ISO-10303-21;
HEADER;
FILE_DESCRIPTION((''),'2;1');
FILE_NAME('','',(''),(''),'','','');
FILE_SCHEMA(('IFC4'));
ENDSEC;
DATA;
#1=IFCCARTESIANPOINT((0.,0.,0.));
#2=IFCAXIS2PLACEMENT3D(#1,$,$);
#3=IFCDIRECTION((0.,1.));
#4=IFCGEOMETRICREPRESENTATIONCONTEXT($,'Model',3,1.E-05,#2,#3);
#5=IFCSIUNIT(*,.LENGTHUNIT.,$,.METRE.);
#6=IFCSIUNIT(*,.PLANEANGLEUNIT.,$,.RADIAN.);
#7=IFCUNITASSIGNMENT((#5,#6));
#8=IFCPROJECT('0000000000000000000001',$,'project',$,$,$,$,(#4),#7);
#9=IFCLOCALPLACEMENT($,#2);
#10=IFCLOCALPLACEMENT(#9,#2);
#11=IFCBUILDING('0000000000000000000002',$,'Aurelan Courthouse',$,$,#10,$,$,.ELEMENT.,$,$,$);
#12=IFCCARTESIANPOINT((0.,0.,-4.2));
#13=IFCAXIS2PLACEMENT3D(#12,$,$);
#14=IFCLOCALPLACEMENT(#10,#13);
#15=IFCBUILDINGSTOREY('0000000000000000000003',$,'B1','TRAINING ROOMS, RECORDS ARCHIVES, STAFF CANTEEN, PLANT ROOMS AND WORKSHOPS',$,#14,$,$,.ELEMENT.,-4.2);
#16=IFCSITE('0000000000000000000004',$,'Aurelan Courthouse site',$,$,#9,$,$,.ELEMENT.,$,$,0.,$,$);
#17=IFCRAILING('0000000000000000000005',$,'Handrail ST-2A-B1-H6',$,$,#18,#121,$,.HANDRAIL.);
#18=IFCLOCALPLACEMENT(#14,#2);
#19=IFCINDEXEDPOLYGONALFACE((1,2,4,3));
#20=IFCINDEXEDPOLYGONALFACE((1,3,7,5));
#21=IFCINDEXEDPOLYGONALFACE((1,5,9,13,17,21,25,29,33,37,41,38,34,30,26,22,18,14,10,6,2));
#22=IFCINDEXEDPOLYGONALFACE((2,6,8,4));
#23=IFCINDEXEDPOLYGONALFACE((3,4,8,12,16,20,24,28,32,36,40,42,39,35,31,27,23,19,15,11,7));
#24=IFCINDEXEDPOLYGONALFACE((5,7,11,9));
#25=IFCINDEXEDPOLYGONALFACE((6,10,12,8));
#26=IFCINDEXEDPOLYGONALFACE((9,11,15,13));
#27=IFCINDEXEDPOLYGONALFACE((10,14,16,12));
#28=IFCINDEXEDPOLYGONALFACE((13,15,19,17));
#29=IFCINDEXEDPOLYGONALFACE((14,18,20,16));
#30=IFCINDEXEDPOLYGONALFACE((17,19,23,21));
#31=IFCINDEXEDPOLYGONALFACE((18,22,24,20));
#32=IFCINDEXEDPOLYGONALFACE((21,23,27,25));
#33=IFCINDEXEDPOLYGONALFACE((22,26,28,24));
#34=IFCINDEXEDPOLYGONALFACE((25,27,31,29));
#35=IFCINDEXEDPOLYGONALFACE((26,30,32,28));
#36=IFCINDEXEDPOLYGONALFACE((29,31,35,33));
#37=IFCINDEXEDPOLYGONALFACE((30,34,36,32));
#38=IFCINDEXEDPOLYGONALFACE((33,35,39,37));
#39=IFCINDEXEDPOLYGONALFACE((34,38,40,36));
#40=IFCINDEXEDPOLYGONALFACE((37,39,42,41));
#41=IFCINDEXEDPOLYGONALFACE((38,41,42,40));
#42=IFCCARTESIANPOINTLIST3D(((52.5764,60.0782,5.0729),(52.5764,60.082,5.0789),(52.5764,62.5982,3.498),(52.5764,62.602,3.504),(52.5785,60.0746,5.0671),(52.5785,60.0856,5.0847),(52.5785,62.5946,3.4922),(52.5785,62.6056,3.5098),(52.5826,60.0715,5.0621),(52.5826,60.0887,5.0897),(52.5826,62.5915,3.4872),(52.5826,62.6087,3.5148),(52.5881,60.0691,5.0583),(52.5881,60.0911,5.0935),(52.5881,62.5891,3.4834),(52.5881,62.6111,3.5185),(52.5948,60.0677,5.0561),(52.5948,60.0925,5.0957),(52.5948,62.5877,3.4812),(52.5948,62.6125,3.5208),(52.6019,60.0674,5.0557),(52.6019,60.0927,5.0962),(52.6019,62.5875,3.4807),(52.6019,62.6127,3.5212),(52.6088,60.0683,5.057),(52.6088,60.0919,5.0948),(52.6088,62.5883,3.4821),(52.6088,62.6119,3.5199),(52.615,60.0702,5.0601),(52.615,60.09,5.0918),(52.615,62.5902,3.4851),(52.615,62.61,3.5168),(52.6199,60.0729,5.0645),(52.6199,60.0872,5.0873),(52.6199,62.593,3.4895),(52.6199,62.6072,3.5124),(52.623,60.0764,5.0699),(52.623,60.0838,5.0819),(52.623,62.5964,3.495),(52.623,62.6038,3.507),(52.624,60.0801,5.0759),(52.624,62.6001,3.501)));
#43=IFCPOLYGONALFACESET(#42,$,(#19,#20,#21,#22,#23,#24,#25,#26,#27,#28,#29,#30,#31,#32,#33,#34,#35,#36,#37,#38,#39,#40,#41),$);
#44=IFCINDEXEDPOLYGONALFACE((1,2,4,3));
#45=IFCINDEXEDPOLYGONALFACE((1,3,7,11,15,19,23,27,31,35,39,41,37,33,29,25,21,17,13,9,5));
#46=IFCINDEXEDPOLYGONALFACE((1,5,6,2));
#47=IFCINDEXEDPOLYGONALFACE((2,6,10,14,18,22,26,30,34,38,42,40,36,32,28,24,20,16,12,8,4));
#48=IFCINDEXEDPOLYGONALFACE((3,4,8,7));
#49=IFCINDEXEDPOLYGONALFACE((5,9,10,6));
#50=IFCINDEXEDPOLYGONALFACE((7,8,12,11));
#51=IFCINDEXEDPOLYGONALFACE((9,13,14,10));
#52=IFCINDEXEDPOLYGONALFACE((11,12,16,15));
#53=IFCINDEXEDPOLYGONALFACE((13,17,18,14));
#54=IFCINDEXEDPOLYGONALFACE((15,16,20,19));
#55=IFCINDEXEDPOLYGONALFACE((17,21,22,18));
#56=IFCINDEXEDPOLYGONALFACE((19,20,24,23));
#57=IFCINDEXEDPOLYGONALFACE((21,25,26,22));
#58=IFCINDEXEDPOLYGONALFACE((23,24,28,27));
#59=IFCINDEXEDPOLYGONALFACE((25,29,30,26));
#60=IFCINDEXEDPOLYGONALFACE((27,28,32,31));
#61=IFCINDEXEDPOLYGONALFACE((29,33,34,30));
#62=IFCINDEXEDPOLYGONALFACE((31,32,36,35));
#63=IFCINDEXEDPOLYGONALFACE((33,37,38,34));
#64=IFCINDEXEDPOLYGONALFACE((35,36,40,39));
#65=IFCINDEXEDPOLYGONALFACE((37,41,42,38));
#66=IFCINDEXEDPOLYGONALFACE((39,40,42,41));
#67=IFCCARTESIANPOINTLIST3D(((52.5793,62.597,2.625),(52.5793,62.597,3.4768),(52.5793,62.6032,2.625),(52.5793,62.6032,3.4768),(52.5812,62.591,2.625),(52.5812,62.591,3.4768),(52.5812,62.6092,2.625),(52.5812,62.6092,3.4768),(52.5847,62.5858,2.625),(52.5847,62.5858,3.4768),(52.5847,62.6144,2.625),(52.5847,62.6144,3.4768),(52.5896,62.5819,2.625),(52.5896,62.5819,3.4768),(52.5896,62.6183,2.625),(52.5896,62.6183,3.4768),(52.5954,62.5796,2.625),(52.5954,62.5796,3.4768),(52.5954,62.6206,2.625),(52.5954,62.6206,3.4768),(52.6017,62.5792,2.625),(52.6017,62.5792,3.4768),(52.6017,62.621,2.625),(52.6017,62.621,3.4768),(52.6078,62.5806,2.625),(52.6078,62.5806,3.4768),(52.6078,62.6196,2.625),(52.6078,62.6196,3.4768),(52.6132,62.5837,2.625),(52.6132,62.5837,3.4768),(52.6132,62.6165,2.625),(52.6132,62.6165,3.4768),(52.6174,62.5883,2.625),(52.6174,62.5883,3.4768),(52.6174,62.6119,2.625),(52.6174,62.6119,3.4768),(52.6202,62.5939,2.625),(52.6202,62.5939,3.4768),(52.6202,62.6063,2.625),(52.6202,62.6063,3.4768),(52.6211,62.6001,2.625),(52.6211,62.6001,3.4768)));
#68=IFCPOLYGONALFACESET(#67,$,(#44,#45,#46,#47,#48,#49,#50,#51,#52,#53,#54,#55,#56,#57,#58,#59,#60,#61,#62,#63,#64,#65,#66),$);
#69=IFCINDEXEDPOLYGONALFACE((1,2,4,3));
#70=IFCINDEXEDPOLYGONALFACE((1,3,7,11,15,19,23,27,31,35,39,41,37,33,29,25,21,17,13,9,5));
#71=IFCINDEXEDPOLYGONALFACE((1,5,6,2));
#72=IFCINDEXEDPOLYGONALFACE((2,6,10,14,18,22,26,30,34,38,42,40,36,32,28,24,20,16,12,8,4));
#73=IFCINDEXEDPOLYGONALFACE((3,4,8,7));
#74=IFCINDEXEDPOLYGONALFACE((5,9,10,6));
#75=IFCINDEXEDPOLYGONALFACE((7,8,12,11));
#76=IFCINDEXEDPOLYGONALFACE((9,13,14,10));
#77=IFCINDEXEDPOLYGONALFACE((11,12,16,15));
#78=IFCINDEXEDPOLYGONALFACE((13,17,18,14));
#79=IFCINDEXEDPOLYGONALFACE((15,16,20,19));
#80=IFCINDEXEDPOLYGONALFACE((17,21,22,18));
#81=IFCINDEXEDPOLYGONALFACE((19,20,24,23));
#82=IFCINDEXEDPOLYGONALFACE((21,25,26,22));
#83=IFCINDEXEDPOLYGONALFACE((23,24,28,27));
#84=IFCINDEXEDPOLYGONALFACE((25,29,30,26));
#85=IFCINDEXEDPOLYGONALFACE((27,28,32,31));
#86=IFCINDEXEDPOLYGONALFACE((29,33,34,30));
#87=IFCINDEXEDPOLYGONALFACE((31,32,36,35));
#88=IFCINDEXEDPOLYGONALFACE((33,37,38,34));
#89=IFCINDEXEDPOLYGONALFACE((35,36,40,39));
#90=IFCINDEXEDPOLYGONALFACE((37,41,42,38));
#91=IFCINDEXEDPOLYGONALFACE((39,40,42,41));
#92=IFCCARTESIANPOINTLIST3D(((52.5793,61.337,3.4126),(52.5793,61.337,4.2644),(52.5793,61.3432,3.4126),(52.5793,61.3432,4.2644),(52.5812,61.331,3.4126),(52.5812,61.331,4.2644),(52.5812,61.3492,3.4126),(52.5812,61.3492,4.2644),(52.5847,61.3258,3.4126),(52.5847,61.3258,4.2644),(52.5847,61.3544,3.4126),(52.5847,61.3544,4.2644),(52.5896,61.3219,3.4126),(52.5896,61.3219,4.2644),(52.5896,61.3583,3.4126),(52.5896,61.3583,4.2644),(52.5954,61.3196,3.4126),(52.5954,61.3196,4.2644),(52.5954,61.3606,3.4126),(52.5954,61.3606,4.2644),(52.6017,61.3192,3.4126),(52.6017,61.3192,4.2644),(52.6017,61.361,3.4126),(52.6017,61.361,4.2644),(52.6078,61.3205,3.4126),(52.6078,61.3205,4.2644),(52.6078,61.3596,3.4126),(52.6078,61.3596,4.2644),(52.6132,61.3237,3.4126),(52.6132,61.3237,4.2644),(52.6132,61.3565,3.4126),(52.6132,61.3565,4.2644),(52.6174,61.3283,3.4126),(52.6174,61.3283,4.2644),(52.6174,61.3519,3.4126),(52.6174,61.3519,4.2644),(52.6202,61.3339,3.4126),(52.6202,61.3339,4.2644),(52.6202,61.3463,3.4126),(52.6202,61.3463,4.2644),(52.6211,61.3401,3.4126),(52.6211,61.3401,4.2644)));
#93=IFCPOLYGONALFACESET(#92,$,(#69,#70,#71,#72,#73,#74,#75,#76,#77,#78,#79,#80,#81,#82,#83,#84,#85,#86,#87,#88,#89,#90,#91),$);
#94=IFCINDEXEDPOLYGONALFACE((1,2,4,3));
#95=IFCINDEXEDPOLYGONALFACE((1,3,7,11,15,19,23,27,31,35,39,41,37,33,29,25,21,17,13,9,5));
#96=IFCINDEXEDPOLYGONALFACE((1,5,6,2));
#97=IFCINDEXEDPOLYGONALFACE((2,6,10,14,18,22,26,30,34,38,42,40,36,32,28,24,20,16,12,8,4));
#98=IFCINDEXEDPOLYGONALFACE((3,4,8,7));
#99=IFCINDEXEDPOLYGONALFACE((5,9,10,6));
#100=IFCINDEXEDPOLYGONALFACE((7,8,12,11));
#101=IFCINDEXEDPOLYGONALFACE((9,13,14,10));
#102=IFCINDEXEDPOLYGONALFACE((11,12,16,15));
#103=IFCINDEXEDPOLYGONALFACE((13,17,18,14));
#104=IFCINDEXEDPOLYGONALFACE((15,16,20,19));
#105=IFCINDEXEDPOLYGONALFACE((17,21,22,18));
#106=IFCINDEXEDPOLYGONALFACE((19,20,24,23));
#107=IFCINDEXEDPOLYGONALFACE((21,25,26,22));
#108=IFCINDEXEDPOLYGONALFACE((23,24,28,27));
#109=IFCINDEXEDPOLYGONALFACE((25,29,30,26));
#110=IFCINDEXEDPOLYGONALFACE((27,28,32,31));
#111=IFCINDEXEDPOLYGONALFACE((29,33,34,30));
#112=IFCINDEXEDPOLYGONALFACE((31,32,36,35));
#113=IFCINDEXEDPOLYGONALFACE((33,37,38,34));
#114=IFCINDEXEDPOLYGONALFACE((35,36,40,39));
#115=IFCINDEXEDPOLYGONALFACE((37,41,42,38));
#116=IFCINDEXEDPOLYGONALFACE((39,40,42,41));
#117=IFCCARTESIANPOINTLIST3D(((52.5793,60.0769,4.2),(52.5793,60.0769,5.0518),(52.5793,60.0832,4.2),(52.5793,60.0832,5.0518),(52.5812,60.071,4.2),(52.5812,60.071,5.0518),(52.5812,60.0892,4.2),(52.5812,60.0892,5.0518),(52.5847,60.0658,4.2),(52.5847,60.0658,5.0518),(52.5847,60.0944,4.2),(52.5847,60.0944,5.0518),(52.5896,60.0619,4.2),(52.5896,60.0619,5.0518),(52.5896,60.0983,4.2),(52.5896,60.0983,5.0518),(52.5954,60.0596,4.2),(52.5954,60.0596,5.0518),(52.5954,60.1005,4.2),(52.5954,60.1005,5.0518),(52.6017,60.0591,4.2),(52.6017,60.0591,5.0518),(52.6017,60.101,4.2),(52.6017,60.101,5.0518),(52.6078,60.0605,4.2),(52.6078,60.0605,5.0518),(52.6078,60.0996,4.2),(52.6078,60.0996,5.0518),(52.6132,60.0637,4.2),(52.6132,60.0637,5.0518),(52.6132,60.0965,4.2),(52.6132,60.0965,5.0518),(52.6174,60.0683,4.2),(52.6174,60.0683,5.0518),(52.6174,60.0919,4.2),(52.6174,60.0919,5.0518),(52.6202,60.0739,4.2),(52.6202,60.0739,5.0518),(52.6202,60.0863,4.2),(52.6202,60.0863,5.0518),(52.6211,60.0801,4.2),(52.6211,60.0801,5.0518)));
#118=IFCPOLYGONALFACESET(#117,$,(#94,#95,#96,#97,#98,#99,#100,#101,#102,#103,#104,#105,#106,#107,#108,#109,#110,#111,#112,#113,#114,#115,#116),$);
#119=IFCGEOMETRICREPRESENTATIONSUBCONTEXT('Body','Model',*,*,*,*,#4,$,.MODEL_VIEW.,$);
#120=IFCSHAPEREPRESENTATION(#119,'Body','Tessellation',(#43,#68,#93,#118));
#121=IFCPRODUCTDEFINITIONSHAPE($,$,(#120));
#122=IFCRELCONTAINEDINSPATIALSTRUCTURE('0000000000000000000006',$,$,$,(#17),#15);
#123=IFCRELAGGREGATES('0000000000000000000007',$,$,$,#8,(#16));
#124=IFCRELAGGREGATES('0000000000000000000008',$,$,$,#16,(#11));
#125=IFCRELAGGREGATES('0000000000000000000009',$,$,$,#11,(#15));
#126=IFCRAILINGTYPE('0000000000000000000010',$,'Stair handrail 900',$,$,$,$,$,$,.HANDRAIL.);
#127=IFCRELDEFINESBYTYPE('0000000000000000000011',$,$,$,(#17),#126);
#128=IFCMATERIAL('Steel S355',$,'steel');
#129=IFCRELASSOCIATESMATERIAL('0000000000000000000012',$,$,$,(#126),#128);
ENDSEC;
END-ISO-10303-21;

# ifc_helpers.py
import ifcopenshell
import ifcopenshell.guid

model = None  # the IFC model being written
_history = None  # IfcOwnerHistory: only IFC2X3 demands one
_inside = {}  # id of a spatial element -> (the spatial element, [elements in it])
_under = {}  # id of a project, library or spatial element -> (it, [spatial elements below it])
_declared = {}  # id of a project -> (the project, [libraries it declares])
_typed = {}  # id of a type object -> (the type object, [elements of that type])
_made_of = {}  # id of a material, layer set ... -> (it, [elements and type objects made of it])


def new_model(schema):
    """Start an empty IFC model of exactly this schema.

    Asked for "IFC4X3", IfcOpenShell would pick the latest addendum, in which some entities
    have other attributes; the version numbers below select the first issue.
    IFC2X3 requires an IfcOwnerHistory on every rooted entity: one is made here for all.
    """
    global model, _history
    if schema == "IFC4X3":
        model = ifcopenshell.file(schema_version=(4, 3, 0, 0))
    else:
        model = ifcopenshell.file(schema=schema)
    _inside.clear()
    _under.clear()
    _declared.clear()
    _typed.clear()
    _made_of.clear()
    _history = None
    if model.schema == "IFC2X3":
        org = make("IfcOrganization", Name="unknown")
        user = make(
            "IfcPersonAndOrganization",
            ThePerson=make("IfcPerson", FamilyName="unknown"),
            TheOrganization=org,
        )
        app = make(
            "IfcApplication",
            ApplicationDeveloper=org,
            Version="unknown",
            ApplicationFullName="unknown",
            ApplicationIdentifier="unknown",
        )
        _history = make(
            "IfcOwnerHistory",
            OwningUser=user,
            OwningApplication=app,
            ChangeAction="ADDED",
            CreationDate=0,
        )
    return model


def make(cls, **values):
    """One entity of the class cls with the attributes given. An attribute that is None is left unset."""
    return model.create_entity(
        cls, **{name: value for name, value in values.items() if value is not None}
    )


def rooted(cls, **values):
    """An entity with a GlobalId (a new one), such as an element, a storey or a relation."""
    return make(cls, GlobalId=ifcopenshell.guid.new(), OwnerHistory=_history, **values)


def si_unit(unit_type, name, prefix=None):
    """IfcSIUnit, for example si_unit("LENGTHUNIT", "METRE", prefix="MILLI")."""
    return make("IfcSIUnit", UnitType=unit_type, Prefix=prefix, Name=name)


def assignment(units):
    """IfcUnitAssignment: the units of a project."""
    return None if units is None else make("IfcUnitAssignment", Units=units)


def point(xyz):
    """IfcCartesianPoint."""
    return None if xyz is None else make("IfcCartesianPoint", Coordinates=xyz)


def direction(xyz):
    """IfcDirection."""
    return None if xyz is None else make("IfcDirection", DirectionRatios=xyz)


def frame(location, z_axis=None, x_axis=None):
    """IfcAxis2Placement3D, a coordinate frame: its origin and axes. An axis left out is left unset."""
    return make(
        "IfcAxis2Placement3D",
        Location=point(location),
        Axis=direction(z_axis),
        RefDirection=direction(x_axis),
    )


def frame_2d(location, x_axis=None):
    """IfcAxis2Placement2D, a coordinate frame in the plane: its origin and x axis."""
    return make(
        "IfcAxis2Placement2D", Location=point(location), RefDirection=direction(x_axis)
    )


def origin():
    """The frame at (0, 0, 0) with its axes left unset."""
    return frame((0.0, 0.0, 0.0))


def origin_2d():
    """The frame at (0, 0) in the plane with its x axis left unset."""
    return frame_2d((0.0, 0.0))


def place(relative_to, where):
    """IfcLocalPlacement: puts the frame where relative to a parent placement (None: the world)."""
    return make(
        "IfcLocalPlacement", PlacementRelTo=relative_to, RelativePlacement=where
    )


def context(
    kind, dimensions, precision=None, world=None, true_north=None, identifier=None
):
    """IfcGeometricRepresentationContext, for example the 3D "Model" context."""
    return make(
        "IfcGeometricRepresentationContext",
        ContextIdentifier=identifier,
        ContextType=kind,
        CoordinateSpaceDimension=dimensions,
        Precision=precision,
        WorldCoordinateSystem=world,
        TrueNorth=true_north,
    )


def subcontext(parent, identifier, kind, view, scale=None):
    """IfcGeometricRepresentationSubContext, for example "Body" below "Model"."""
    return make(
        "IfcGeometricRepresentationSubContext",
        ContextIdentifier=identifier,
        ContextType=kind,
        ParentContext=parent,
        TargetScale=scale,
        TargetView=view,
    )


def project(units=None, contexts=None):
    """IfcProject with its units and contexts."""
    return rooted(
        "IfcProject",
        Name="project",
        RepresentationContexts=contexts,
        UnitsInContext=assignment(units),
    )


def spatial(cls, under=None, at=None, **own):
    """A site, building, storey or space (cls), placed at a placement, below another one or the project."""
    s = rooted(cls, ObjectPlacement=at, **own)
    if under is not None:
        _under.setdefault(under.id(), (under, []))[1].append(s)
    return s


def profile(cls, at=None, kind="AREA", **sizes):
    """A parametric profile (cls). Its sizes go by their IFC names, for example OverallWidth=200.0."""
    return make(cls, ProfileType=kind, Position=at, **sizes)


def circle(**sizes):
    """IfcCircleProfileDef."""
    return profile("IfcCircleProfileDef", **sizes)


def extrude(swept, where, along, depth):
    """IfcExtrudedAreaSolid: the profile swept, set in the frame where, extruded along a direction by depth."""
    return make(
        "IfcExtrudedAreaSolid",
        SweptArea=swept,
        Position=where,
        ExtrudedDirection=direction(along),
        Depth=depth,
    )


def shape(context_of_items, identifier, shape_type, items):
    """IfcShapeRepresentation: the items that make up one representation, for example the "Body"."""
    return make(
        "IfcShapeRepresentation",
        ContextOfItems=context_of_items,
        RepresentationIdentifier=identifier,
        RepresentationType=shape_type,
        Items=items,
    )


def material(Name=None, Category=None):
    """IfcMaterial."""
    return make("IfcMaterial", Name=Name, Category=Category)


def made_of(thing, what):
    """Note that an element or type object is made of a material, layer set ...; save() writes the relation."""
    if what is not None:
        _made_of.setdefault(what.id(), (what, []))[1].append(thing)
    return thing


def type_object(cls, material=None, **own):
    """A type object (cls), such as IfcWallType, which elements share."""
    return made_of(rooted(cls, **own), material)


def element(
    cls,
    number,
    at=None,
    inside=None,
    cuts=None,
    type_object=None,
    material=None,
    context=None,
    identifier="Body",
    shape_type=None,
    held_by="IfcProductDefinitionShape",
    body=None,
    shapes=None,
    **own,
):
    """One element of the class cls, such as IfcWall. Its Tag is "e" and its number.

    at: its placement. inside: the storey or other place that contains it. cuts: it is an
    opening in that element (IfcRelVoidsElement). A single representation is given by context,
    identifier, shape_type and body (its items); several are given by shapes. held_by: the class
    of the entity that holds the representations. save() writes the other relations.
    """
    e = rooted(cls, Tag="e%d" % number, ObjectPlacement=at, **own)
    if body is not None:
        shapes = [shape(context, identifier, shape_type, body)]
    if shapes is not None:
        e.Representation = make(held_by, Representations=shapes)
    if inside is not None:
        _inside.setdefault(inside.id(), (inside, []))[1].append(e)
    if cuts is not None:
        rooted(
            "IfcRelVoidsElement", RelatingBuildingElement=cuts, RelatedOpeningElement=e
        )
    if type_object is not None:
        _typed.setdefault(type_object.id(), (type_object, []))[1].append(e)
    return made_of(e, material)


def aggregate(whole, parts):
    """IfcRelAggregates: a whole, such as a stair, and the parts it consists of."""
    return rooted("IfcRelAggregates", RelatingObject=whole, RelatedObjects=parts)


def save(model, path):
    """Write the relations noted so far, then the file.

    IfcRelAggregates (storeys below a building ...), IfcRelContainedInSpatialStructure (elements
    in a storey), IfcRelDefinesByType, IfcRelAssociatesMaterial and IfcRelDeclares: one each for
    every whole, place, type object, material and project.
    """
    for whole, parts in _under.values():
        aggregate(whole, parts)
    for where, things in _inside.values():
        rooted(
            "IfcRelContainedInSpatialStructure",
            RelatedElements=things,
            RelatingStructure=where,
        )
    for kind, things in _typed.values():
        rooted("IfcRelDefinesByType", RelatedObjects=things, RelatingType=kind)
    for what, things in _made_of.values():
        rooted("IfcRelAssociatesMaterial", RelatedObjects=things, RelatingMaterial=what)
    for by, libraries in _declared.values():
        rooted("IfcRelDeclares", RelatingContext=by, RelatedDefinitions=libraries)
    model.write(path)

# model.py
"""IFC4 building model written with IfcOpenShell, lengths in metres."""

from ifc_helpers import new_model, si_unit, direction, frame, origin, origin_2d, place, context, subcontext, project, spatial, circle, extrude, material, type_object, element, save


model = new_model("IFC4")

# Units and contexts
model_context = context("Model", 3, precision=1e-05, world=origin(), true_north=direction((0.0, 1.0)))
body_context = subcontext(model_context, "Body", "Model", "MODEL_VIEW")
ifc_project = project(units=[si_unit("LENGTHUNIT", "METRE"), si_unit("PLANEANGLEUNIT", "RADIAN")], contexts=[model_context])

# Site, building, storey
site_placement = place(None, origin())
site = spatial("IfcSite", under=ifc_project, at=site_placement, Name="Aurelan Courthouse site", CompositionType="ELEMENT", RefElevation=0.0)
building_placement = place(site_placement, origin())
building = spatial("IfcBuilding", under=site, at=building_placement, Name="Aurelan Courthouse", CompositionType="ELEMENT")
storey_placement = place(building_placement, frame((0.0, 0.0, -4.2)))
storey = spatial("IfcBuildingStorey", under=building, at=storey_placement, Name="B1", Description="TRAINING ROOMS, RECORDS ARCHIVES, STAFF CANTEEN, PLANT ROOMS AND WORKSHOPS", CompositionType="ELEMENT", Elevation=-4.2)

# Railing
ifc_material_1 = material(Name="Steel S355", Category="steel")
railing_type_1 = type_object("IfcRailingType", Name="Stair handrail 900", PredefinedType="HANDRAIL", material=ifc_material_1)
for number, where, name in (
    (1, (52.6001, 62.6001, 2.625), "Handrail ST-2A-B1-H6"),
):
    element("IfcRailing", number, at=place(storey_placement, frame(where)), inside=storey, type_object=railing_type_1, Name=name, PredefinedType="HANDRAIL", context=body_context, shape_type="SweptSolid", body=[
        extrude(circle(Radius=0.0239, at=origin_2d()), frame((0.0, 0.0, 0.876), z_axis=(0.0, -0.848008, 0.529984), x_axis=(1.0, 0.0, 0.0)), (0.0, 0.0, 1.0), 2.9717),
        extrude(circle(Radius=0.021, at=origin_2d()), origin(), (0.0, 0.0, 1.0), 0.8518),
        extrude(circle(Radius=0.021, at=origin_2d()), frame((0.0, -1.26, 0.7876)), (0.0, 0.0, 1.0), 0.8518),
        extrude(circle(Radius=0.021, at=origin_2d()), frame((0.0, -2.52, 1.575)), (0.0, 0.0, 1.0), 0.8518),
    ])

save(model, "model.ifc")
